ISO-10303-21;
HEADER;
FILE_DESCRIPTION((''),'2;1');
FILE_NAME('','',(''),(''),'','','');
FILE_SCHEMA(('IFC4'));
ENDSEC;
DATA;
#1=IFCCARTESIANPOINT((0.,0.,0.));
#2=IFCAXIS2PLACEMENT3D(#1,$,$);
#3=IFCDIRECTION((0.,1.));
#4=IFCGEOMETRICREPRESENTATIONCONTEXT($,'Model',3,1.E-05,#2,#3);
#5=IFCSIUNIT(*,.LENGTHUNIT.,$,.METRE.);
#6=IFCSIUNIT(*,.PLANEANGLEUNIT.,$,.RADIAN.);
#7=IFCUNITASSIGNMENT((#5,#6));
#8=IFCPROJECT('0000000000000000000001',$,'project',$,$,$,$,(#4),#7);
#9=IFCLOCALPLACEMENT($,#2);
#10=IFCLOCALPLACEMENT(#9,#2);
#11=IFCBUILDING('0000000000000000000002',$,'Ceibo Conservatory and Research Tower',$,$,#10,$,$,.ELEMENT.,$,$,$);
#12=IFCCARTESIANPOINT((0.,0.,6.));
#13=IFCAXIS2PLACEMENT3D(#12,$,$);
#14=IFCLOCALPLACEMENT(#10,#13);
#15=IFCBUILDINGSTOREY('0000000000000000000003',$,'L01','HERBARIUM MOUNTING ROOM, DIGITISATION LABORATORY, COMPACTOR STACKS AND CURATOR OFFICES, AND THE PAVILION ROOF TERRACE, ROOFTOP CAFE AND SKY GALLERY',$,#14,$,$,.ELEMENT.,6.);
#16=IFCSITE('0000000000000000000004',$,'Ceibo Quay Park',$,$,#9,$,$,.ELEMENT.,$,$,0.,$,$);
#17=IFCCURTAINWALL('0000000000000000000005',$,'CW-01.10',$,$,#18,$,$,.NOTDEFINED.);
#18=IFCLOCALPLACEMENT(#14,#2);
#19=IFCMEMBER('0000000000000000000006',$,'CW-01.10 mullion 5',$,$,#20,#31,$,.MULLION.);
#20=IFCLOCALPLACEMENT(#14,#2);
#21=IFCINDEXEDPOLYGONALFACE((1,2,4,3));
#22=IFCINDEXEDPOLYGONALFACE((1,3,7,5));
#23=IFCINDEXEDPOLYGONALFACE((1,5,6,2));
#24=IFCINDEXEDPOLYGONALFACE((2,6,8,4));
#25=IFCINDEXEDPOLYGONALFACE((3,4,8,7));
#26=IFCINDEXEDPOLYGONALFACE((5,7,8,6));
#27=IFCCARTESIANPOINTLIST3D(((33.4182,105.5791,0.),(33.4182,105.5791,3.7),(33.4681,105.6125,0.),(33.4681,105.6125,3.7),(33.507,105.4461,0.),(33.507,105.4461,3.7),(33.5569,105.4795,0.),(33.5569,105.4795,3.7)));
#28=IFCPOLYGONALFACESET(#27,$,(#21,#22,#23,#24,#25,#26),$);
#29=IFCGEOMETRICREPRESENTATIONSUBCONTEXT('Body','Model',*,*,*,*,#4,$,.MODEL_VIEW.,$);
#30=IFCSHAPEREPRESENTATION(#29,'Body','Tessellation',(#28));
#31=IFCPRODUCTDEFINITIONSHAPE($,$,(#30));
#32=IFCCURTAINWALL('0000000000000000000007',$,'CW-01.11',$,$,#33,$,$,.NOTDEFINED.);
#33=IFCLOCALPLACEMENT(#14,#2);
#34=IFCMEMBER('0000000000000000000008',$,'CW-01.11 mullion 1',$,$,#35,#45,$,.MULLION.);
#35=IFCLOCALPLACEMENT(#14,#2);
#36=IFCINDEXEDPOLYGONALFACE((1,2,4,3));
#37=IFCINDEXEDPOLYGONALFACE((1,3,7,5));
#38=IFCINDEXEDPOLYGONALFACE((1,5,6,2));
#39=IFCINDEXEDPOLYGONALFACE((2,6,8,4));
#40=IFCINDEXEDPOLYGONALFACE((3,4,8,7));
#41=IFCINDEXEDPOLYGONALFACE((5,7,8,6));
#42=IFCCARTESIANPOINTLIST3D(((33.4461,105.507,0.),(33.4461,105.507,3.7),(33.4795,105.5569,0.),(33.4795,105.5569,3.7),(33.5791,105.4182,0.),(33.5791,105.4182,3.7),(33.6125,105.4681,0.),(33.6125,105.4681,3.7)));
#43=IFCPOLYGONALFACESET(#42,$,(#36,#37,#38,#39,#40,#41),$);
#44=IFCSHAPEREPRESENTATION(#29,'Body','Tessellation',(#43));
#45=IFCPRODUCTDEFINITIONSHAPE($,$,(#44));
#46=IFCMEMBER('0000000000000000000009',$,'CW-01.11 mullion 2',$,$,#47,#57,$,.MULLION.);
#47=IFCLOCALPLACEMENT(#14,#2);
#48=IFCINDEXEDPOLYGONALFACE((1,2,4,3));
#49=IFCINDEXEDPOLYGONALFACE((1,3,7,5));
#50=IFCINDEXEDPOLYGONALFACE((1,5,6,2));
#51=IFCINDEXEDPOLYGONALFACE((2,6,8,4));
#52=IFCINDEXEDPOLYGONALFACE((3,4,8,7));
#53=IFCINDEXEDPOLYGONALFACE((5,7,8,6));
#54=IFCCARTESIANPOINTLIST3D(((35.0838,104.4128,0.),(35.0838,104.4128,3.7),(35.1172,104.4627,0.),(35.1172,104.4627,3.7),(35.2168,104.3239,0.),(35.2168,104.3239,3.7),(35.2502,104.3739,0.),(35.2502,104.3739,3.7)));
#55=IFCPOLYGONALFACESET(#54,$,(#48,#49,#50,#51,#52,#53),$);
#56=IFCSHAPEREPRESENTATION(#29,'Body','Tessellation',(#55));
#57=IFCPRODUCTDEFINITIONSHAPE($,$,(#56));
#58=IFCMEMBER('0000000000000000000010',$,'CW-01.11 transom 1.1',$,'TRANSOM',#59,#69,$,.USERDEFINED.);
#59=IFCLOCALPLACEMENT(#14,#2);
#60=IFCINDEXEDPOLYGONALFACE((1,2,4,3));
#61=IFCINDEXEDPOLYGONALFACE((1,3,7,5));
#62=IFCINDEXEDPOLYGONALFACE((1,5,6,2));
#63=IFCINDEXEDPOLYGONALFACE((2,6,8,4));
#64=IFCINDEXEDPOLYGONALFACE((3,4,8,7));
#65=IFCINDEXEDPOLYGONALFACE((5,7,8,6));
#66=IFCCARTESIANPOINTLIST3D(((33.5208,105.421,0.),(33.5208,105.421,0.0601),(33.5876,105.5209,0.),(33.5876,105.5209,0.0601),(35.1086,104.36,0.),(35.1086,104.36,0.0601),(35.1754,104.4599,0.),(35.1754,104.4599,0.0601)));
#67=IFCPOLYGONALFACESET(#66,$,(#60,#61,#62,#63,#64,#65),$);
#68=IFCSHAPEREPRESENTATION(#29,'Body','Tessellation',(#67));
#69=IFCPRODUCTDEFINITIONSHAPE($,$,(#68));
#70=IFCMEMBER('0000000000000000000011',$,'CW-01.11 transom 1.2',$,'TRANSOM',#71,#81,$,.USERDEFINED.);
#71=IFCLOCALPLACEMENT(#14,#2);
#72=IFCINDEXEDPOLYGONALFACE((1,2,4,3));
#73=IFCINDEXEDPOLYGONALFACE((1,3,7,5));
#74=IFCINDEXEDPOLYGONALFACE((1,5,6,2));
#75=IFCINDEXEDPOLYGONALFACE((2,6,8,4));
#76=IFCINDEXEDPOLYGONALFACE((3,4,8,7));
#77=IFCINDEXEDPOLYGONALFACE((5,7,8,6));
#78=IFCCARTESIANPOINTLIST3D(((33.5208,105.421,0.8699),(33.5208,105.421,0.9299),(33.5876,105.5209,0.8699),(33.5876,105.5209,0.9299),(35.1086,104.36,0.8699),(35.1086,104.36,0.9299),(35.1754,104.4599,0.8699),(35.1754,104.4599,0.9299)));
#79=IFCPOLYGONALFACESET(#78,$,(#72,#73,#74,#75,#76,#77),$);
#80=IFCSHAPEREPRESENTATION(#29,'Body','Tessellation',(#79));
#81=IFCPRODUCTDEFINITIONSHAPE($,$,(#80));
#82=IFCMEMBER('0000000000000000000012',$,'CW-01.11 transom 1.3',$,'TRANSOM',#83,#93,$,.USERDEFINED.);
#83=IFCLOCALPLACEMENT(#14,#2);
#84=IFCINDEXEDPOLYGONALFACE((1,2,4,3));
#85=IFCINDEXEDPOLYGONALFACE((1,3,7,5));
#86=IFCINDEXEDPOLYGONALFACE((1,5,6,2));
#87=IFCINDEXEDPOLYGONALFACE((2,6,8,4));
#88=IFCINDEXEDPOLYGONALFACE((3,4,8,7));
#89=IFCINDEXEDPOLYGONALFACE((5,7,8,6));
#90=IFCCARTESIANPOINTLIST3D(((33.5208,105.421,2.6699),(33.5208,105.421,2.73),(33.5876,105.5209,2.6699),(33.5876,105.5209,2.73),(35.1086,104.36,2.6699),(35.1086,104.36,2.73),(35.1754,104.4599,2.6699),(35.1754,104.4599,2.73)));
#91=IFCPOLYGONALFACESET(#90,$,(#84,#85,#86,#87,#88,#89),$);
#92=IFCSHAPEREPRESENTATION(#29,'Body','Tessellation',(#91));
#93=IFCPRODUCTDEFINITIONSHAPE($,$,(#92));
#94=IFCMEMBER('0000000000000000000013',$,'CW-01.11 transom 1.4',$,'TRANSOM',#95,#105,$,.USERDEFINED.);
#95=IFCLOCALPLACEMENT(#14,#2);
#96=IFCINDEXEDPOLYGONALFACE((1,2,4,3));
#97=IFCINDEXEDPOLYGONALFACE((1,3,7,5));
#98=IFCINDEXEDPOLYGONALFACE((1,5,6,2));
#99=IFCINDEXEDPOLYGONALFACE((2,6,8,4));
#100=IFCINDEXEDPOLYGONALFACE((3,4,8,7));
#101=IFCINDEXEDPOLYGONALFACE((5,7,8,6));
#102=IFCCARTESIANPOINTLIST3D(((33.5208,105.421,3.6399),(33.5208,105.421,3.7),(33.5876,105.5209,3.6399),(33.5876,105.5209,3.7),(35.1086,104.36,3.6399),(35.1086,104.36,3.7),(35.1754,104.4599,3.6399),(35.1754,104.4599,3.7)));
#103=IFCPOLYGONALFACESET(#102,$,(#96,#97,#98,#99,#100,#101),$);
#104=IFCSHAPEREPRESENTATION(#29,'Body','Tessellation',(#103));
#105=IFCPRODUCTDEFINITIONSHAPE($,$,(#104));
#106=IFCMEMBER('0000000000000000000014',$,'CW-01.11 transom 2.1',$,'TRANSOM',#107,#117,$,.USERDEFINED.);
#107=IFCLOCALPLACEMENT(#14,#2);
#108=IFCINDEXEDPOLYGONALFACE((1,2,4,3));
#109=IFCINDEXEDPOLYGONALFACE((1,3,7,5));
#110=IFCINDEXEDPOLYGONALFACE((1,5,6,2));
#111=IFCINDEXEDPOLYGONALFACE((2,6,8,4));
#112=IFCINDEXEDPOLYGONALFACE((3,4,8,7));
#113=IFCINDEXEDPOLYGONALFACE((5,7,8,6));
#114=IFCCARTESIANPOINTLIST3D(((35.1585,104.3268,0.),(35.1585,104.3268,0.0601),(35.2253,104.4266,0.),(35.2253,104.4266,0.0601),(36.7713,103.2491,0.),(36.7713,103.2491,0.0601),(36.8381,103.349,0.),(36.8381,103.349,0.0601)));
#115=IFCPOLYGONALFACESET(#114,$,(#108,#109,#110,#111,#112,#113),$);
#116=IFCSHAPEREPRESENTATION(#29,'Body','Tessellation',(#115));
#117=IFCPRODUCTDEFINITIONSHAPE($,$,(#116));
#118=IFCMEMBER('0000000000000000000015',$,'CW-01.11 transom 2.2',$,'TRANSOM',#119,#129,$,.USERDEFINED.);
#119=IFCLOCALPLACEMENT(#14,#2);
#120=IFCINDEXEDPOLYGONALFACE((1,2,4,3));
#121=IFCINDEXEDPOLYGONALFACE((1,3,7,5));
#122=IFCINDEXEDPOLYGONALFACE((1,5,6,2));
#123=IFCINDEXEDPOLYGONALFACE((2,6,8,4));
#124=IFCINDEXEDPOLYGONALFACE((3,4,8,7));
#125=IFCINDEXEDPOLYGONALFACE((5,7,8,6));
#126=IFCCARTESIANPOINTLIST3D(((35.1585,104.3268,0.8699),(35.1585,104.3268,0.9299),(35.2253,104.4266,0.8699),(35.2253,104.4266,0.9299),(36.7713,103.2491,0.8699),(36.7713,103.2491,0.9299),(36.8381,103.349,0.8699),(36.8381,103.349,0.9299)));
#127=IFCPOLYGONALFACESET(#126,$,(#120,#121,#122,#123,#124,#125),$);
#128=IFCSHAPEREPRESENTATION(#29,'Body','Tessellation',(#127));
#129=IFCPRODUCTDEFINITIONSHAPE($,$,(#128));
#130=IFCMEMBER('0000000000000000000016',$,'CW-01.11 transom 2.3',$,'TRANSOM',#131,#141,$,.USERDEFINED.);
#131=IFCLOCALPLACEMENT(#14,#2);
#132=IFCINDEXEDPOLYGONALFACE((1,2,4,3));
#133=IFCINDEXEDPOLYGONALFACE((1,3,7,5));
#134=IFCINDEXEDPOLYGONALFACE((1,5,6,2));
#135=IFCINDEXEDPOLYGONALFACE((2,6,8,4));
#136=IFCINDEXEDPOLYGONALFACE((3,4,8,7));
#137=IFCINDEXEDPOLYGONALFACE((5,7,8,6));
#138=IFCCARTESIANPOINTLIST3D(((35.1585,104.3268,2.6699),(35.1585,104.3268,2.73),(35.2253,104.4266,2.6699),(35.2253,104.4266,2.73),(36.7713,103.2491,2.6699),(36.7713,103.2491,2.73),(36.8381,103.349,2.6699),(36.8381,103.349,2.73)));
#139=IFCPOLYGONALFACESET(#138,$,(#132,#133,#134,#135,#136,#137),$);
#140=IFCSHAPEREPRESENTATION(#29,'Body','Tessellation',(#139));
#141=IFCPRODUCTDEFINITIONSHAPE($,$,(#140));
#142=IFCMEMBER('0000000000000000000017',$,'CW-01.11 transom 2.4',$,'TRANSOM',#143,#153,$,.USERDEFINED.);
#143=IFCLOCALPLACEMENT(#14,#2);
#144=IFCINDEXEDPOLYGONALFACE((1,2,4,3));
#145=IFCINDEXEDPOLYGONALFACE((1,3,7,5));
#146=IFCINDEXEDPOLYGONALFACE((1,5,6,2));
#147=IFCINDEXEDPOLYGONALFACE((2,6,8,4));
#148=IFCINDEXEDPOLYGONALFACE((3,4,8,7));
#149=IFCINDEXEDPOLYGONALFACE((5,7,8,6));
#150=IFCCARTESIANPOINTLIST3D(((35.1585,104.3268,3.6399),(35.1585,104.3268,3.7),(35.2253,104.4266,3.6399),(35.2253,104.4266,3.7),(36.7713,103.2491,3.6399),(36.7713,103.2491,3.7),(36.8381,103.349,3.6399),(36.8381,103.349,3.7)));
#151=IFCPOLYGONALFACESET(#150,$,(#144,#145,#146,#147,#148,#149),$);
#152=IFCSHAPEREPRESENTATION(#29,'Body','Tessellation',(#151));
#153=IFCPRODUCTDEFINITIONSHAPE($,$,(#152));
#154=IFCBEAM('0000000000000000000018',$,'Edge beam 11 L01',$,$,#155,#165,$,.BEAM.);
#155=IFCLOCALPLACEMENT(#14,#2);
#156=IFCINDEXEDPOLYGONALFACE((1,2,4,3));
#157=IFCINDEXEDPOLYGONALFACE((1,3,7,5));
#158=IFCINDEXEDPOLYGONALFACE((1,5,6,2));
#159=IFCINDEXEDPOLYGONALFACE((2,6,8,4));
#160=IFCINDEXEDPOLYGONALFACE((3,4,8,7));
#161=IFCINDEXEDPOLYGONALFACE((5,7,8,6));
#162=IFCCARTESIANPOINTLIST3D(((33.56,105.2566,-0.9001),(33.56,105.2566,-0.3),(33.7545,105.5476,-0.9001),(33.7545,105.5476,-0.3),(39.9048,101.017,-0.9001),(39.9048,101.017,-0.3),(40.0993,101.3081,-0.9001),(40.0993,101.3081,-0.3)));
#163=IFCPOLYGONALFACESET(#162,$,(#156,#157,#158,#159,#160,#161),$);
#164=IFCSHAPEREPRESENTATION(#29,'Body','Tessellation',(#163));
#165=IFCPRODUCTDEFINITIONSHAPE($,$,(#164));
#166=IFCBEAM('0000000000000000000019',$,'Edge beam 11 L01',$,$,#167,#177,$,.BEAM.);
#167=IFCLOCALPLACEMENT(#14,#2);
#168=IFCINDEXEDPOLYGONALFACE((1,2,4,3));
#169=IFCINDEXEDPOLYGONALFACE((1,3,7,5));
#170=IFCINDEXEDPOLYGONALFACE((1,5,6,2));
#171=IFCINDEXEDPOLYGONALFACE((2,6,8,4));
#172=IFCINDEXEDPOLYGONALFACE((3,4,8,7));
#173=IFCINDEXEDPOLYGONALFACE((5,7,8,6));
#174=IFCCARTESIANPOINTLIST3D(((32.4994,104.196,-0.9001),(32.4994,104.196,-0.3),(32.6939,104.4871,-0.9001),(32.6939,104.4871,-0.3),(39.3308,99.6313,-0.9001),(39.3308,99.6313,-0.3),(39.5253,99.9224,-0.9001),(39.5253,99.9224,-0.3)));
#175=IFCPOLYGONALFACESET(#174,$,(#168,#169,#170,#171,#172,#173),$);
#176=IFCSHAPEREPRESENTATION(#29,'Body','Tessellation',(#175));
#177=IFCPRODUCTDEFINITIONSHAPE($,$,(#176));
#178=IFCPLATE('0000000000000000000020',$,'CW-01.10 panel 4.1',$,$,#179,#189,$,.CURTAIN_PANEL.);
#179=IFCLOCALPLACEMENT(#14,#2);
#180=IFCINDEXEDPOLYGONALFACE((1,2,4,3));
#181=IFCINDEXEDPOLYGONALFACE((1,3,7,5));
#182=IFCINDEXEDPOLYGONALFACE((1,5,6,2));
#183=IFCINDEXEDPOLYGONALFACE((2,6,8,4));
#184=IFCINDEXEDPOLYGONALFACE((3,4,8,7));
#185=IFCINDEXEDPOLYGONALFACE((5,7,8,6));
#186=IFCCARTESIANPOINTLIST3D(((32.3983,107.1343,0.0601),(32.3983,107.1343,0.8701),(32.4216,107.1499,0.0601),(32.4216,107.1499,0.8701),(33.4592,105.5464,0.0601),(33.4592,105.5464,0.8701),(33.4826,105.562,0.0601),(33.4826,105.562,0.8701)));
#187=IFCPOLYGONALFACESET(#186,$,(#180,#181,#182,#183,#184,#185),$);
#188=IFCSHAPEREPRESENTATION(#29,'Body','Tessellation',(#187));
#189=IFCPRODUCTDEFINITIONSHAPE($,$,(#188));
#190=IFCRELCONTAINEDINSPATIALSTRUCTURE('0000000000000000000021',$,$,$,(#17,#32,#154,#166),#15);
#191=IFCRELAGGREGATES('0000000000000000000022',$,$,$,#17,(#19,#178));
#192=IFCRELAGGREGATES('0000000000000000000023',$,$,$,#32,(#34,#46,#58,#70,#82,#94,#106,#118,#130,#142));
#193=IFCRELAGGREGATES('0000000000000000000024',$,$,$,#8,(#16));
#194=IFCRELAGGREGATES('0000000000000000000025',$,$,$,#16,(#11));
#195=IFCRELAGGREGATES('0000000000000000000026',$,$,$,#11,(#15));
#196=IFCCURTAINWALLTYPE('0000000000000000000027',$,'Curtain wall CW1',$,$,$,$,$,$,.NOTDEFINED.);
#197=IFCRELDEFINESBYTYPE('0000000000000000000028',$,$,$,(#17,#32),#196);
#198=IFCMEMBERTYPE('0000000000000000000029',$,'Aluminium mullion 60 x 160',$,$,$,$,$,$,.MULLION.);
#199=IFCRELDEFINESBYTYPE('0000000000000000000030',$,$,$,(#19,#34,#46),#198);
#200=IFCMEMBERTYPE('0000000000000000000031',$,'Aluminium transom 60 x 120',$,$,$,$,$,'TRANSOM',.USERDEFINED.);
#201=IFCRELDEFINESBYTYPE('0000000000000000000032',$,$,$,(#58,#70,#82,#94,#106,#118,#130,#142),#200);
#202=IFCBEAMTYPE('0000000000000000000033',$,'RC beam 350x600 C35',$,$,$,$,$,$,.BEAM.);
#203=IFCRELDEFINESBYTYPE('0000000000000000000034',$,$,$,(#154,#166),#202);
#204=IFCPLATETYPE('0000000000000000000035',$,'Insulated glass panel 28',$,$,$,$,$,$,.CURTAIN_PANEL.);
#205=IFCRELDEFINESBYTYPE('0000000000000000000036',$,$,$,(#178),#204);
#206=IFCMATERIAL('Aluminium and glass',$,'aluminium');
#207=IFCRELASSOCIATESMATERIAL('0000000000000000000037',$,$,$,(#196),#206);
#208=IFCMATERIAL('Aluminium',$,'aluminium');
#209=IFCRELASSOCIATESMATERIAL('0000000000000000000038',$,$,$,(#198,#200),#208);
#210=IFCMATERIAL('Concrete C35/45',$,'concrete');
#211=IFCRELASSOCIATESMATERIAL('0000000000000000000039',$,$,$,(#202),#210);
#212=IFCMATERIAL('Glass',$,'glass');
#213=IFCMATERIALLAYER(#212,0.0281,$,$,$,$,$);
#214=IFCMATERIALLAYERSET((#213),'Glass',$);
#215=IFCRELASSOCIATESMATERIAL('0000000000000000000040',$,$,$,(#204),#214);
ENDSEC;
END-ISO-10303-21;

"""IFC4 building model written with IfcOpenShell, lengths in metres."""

from ifc_helpers import new_model, si_unit, direction, frame, origin, origin_2d, place, context, subcontext, project, spatial, rectangle, extrude, material, layer, layer_set, material_profile, profile_set, type_object, element, aggregate, save


model = new_model("IFC4")

# Units and contexts
model_context = context("Model", 3, precision=1e-05, world=origin(), true_north=direction((0.0, 1.0)))
body_context = subcontext(model_context, "Body", "Model", "MODEL_VIEW")
ifc_project = project(units=[si_unit("LENGTHUNIT", "METRE"), si_unit("PLANEANGLEUNIT", "RADIAN")], contexts=[model_context])

# Site, building, storey
site_placement = place(None, origin())
site = spatial("IfcSite", under=ifc_project, at=site_placement, Name="Ceibo Quay Park", CompositionType="ELEMENT", RefElevation=0.0)
building_placement = place(site_placement, origin())
building = spatial("IfcBuilding", under=site, at=building_placement, Name="Ceibo Conservatory and Research Tower", CompositionType="ELEMENT")
storey_placement = place(building_placement, frame((0.0, 0.0, 6.0)))
storey = spatial("IfcBuildingStorey", under=building, at=storey_placement, Name="L01", Description="HERBARIUM MOUNTING ROOM, DIGITISATION LABORATORY, COMPACTOR STACKS AND CURATOR OFFICES, AND THE PAVILION ROOF TERRACE, ROOFTOP CAFE AND SKY GALLERY", CompositionType="ELEMENT", Elevation=6.0)

# Curtain wall, member
ifc_material_1 = material(Name="Aluminium and glass", Category="aluminium")
curtain_wall_type = type_object("IfcCurtainWallType", Name="Curtain wall CW1", PredefinedType="NOTDEFINED", material=ifc_material_1)
curtain_wall_1_placement = place(storey_placement, origin())
curtain_wall_1 = element("IfcCurtainWall", 1, at=curtain_wall_1_placement, inside=storey, type_object=curtain_wall_type, Name="CW-01.10", PredefinedType="NOTDEFINED")
ifc_material_2 = material(Name="Aluminium", Category="aluminium")
ifc_material_profile_1 = material_profile(ifc_material_2, rectangle(XDim=0.0601, YDim=0.1599, at=origin_2d()), Name="Aluminium 60 x 160")
ifc_profile_set_1 = profile_set([ifc_material_profile_1], Name="Aluminium")
member_type_1 = type_object("IfcMemberType", Name="Aluminium mullion 60 x 160", PredefinedType="MULLION", material=ifc_profile_set_1)
member_1_placement = place(storey_placement, frame((33.4875, 105.5293, 0.0), z_axis=(0.0, 0.0, 1.0), x_axis=(0.83147, 0.55557, 0.0)))
member_1 = element("IfcMember", 2, at=member_1_placement, type_object=member_type_1, Name="CW-01.10 mullion 5", PredefinedType="MULLION", context=body_context, shape_type="SweptSolid", body=[
    extrude(rectangle(XDim=0.0601, YDim=0.1599, at=origin_2d()), origin(), (0.0, 0.0, 1.0), 3.7),
])

# Curtain wall, members
curtain_wall_2_placement = place(storey_placement, origin())
curtain_wall_2 = element("IfcCurtainWall", 3, at=curtain_wall_2_placement, inside=storey, type_object=curtain_wall_type, Name="CW-01.11", PredefinedType="NOTDEFINED")
member_2_placement = place(storey_placement, frame((33.5293, 105.4875, 0.0), z_axis=(0.0, 0.0, 1.0), x_axis=(0.55557, 0.83147, 0.0)))
member_2 = element("IfcMember", 4, at=member_2_placement, type_object=member_type_1, Name="CW-01.11 mullion 1", PredefinedType="MULLION", context=body_context, shape_type="SweptSolid", body=[
    extrude(rectangle(XDim=0.0601, YDim=0.1599, at=origin_2d()), origin(), (0.0, 0.0, 1.0), 3.7),
])
member_3_placement = place(storey_placement, frame((35.167, 104.3933, 0.0), z_axis=(0.0, 0.0, 1.0), x_axis=(0.55557, 0.83147, 0.0)))
member_3 = element("IfcMember", 5, at=member_3_placement, type_object=member_type_1, Name="CW-01.11 mullion 2", PredefinedType="MULLION", context=body_context, shape_type="SweptSolid", body=[
    extrude(rectangle(XDim=0.0601, YDim=0.1599, at=origin_2d()), origin(), (0.0, 0.0, 1.0), 3.7),
])
ifc_material_profile_2 = material_profile(ifc_material_2, rectangle(XDim=0.1201, YDim=0.0601, at=origin_2d()), Name="Aluminium 60 x 120")
ifc_profile_set_2 = profile_set([ifc_material_profile_2], Name="Aluminium")
member_type_2 = type_object("IfcMemberType", Name="Aluminium transom 60 x 120", ElementType="TRANSOM", PredefinedType="USERDEFINED", material=ifc_profile_set_2)
member_4_placement = place(storey_placement, frame((33.5542, 105.4709, 0.03), z_axis=(0.83146, -0.555585, 0.0), x_axis=(0.555585, 0.83146, 0.0)))
member_4 = element("IfcMember", 6, at=member_4_placement, type_object=member_type_2, Name="CW-01.11 transom 1.1", ObjectType="TRANSOM", PredefinedType="USERDEFINED", context=body_context, shape_type="SweptSolid", body=[
    extrude(rectangle(XDim=0.1201, YDim=0.0601, at=origin_2d()), origin(), (0.0, 0.0, 1.0), 1.9097),
])
member_5_placement = place(storey_placement, frame((33.5542, 105.4709, 0.8999), z_axis=(0.83146, -0.555585, 0.0), x_axis=(0.555585, 0.83146, 0.0)))
member_5 = element("IfcMember", 7, at=member_5_placement, type_object=member_type_2, Name="CW-01.11 transom 1.2", ObjectType="TRANSOM", PredefinedType="USERDEFINED", context=body_context, shape_type="SweptSolid", body=[
    extrude(rectangle(XDim=0.1201, YDim=0.0601, at=origin_2d()), origin(), (0.0, 0.0, 1.0), 1.9097),
])
member_6_placement = place(storey_placement, frame((33.5542, 105.4709, 2.7), z_axis=(0.83146, -0.555585, 0.0), x_axis=(0.555585, 0.83146, 0.0)))
member_6 = element("IfcMember", 8, at=member_6_placement, type_object=member_type_2, Name="CW-01.11 transom 1.3", ObjectType="TRANSOM", PredefinedType="USERDEFINED", context=body_context, shape_type="SweptSolid", body=[
    extrude(rectangle(XDim=0.1201, YDim=0.0601, at=origin_2d()), origin(), (0.0, 0.0, 1.0), 1.9097),
])
member_7_placement = place(storey_placement, frame((33.5542, 105.4709, 3.6699), z_axis=(0.83146, -0.555585, 0.0), x_axis=(0.555585, 0.83146, 0.0)))
member_7 = element("IfcMember", 9, at=member_7_placement, type_object=member_type_2, Name="CW-01.11 transom 1.4", ObjectType="TRANSOM", PredefinedType="USERDEFINED", context=body_context, shape_type="SweptSolid", body=[
    extrude(rectangle(XDim=0.1201, YDim=0.0601, at=origin_2d()), origin(), (0.0, 0.0, 1.0), 1.9097),
])
member_8_placement = place(storey_placement, frame((35.1919, 104.3767, 0.03), z_axis=(0.831469, -0.555571, 0.0), x_axis=(0.555571, 0.831469, 0.0)))
member_8 = element("IfcMember", 10, at=member_8_placement, type_object=member_type_2, Name="CW-01.11 transom 2.1", ObjectType="TRANSOM", PredefinedType="USERDEFINED", context=body_context, shape_type="SweptSolid", body=[
    extrude(rectangle(XDim=0.1201, YDim=0.0601, at=origin_2d()), origin(), (0.0, 0.0, 1.0), 1.9397),
])
member_9_placement = place(storey_placement, frame((35.1919, 104.3767, 0.8999), z_axis=(0.831469, -0.555571, 0.0), x_axis=(0.555571, 0.831469, 0.0)))
member_9 = element("IfcMember", 11, at=member_9_placement, type_object=member_type_2, Name="CW-01.11 transom 2.2", ObjectType="TRANSOM", PredefinedType="USERDEFINED", context=body_context, shape_type="SweptSolid", body=[
    extrude(rectangle(XDim=0.1201, YDim=0.0601, at=origin_2d()), origin(), (0.0, 0.0, 1.0), 1.9397),
])
member_10_placement = place(storey_placement, frame((35.1919, 104.3767, 2.7), z_axis=(0.831469, -0.555571, 0.0), x_axis=(0.555571, 0.831469, 0.0)))
member_10 = element("IfcMember", 12, at=member_10_placement, type_object=member_type_2, Name="CW-01.11 transom 2.3", ObjectType="TRANSOM", PredefinedType="USERDEFINED", context=body_context, shape_type="SweptSolid", body=[
    extrude(rectangle(XDim=0.1201, YDim=0.0601, at=origin_2d()), origin(), (0.0, 0.0, 1.0), 1.9397),
])
member_11_placement = place(storey_placement, frame((35.1919, 104.3767, 3.6699), z_axis=(0.831469, -0.555571, 0.0), x_axis=(0.555571, 0.831469, 0.0)))
member_11 = element("IfcMember", 13, at=member_11_placement, type_object=member_type_2, Name="CW-01.11 transom 2.4", ObjectType="TRANSOM", PredefinedType="USERDEFINED", context=body_context, shape_type="SweptSolid", body=[
    extrude(rectangle(XDim=0.1201, YDim=0.0601, at=origin_2d()), origin(), (0.0, 0.0, 1.0), 1.9397),
])

# Beams
ifc_material_3 = material(Name="Concrete C35/45", Category="concrete")
ifc_material_profile_3 = material_profile(ifc_material_3, rectangle(XDim=0.3501, YDim=0.6001, at=origin_2d()), Name="RC 350x600")
ifc_profile_set_3 = profile_set([ifc_material_profile_3], Name="Concrete C35/45")
beam_type = type_object("IfcBeamType", Name="RC beam 350x600 C35", PredefinedType="BEAM", material=ifc_profile_set_3)
beam_1_placement = place(storey_placement, frame((33.6572, 105.4021, -0.6001), z_axis=(0.831464, -0.555578, 0.0), x_axis=(0.555578, 0.831464, 0.0)))
element("IfcBeam", 14, at=beam_1_placement, inside=storey, type_object=beam_type, Name="Edge beam 11 L01", PredefinedType="BEAM", context=body_context, shape_type="SweptSolid", body=[
    extrude(rectangle(XDim=0.3501, YDim=0.6001, at=origin_2d()), origin(), (0.0, 0.0, 1.0), 7.6309),
])
beam_2_placement = place(storey_placement, frame((32.5967, 104.3416, -0.6001), z_axis=(0.83146, -0.555584, 0.0), x_axis=(0.555584, 0.83146, 0.0)))
element("IfcBeam", 15, at=beam_2_placement, inside=storey, type_object=beam_type, Name="Edge beam 11 L01", PredefinedType="BEAM", context=body_context, shape_type="SweptSolid", body=[
    extrude(rectangle(XDim=0.3501, YDim=0.6001, at=origin_2d()), origin(), (0.0, 0.0, 1.0), 8.2161),
])

# Plate
ifc_material_4 = material(Name="Glass", Category="glass")
ifc_layer_1 = layer(ifc_material_4, 0.0281)
ifc_layer_set_1 = layer_set([ifc_layer_1], Name="Glass")
plate_type = type_object("IfcPlateType", Name="Insulated glass panel 28", PredefinedType="CURTAIN_PANEL", material=ifc_layer_set_1)
plate_1_placement = place(storey_placement, frame((32.9404, 106.3481, 0.0601), z_axis=(0.0, 0.0, 1.0), x_axis=(0.55557, -0.83147, 0.0)))
plate_1 = element("IfcPlate", 16, at=plate_1_placement, type_object=plate_type, Name="CW-01.10 panel 4.1", PredefinedType="CURTAIN_PANEL", context=body_context, shape_type="SweptSolid", body=[
    extrude(rectangle(XDim=1.9097, YDim=0.0281, at=origin_2d()), origin(), (0.0, 0.0, 1.0), 0.8101),
])
aggregate(curtain_wall_1, [member_1, plate_1])
aggregate(curtain_wall_2, [member_2, member_3, member_4, member_5, member_6, member_7, member_8, member_9, member_10, member_11])

save(model, "model.ifc")
